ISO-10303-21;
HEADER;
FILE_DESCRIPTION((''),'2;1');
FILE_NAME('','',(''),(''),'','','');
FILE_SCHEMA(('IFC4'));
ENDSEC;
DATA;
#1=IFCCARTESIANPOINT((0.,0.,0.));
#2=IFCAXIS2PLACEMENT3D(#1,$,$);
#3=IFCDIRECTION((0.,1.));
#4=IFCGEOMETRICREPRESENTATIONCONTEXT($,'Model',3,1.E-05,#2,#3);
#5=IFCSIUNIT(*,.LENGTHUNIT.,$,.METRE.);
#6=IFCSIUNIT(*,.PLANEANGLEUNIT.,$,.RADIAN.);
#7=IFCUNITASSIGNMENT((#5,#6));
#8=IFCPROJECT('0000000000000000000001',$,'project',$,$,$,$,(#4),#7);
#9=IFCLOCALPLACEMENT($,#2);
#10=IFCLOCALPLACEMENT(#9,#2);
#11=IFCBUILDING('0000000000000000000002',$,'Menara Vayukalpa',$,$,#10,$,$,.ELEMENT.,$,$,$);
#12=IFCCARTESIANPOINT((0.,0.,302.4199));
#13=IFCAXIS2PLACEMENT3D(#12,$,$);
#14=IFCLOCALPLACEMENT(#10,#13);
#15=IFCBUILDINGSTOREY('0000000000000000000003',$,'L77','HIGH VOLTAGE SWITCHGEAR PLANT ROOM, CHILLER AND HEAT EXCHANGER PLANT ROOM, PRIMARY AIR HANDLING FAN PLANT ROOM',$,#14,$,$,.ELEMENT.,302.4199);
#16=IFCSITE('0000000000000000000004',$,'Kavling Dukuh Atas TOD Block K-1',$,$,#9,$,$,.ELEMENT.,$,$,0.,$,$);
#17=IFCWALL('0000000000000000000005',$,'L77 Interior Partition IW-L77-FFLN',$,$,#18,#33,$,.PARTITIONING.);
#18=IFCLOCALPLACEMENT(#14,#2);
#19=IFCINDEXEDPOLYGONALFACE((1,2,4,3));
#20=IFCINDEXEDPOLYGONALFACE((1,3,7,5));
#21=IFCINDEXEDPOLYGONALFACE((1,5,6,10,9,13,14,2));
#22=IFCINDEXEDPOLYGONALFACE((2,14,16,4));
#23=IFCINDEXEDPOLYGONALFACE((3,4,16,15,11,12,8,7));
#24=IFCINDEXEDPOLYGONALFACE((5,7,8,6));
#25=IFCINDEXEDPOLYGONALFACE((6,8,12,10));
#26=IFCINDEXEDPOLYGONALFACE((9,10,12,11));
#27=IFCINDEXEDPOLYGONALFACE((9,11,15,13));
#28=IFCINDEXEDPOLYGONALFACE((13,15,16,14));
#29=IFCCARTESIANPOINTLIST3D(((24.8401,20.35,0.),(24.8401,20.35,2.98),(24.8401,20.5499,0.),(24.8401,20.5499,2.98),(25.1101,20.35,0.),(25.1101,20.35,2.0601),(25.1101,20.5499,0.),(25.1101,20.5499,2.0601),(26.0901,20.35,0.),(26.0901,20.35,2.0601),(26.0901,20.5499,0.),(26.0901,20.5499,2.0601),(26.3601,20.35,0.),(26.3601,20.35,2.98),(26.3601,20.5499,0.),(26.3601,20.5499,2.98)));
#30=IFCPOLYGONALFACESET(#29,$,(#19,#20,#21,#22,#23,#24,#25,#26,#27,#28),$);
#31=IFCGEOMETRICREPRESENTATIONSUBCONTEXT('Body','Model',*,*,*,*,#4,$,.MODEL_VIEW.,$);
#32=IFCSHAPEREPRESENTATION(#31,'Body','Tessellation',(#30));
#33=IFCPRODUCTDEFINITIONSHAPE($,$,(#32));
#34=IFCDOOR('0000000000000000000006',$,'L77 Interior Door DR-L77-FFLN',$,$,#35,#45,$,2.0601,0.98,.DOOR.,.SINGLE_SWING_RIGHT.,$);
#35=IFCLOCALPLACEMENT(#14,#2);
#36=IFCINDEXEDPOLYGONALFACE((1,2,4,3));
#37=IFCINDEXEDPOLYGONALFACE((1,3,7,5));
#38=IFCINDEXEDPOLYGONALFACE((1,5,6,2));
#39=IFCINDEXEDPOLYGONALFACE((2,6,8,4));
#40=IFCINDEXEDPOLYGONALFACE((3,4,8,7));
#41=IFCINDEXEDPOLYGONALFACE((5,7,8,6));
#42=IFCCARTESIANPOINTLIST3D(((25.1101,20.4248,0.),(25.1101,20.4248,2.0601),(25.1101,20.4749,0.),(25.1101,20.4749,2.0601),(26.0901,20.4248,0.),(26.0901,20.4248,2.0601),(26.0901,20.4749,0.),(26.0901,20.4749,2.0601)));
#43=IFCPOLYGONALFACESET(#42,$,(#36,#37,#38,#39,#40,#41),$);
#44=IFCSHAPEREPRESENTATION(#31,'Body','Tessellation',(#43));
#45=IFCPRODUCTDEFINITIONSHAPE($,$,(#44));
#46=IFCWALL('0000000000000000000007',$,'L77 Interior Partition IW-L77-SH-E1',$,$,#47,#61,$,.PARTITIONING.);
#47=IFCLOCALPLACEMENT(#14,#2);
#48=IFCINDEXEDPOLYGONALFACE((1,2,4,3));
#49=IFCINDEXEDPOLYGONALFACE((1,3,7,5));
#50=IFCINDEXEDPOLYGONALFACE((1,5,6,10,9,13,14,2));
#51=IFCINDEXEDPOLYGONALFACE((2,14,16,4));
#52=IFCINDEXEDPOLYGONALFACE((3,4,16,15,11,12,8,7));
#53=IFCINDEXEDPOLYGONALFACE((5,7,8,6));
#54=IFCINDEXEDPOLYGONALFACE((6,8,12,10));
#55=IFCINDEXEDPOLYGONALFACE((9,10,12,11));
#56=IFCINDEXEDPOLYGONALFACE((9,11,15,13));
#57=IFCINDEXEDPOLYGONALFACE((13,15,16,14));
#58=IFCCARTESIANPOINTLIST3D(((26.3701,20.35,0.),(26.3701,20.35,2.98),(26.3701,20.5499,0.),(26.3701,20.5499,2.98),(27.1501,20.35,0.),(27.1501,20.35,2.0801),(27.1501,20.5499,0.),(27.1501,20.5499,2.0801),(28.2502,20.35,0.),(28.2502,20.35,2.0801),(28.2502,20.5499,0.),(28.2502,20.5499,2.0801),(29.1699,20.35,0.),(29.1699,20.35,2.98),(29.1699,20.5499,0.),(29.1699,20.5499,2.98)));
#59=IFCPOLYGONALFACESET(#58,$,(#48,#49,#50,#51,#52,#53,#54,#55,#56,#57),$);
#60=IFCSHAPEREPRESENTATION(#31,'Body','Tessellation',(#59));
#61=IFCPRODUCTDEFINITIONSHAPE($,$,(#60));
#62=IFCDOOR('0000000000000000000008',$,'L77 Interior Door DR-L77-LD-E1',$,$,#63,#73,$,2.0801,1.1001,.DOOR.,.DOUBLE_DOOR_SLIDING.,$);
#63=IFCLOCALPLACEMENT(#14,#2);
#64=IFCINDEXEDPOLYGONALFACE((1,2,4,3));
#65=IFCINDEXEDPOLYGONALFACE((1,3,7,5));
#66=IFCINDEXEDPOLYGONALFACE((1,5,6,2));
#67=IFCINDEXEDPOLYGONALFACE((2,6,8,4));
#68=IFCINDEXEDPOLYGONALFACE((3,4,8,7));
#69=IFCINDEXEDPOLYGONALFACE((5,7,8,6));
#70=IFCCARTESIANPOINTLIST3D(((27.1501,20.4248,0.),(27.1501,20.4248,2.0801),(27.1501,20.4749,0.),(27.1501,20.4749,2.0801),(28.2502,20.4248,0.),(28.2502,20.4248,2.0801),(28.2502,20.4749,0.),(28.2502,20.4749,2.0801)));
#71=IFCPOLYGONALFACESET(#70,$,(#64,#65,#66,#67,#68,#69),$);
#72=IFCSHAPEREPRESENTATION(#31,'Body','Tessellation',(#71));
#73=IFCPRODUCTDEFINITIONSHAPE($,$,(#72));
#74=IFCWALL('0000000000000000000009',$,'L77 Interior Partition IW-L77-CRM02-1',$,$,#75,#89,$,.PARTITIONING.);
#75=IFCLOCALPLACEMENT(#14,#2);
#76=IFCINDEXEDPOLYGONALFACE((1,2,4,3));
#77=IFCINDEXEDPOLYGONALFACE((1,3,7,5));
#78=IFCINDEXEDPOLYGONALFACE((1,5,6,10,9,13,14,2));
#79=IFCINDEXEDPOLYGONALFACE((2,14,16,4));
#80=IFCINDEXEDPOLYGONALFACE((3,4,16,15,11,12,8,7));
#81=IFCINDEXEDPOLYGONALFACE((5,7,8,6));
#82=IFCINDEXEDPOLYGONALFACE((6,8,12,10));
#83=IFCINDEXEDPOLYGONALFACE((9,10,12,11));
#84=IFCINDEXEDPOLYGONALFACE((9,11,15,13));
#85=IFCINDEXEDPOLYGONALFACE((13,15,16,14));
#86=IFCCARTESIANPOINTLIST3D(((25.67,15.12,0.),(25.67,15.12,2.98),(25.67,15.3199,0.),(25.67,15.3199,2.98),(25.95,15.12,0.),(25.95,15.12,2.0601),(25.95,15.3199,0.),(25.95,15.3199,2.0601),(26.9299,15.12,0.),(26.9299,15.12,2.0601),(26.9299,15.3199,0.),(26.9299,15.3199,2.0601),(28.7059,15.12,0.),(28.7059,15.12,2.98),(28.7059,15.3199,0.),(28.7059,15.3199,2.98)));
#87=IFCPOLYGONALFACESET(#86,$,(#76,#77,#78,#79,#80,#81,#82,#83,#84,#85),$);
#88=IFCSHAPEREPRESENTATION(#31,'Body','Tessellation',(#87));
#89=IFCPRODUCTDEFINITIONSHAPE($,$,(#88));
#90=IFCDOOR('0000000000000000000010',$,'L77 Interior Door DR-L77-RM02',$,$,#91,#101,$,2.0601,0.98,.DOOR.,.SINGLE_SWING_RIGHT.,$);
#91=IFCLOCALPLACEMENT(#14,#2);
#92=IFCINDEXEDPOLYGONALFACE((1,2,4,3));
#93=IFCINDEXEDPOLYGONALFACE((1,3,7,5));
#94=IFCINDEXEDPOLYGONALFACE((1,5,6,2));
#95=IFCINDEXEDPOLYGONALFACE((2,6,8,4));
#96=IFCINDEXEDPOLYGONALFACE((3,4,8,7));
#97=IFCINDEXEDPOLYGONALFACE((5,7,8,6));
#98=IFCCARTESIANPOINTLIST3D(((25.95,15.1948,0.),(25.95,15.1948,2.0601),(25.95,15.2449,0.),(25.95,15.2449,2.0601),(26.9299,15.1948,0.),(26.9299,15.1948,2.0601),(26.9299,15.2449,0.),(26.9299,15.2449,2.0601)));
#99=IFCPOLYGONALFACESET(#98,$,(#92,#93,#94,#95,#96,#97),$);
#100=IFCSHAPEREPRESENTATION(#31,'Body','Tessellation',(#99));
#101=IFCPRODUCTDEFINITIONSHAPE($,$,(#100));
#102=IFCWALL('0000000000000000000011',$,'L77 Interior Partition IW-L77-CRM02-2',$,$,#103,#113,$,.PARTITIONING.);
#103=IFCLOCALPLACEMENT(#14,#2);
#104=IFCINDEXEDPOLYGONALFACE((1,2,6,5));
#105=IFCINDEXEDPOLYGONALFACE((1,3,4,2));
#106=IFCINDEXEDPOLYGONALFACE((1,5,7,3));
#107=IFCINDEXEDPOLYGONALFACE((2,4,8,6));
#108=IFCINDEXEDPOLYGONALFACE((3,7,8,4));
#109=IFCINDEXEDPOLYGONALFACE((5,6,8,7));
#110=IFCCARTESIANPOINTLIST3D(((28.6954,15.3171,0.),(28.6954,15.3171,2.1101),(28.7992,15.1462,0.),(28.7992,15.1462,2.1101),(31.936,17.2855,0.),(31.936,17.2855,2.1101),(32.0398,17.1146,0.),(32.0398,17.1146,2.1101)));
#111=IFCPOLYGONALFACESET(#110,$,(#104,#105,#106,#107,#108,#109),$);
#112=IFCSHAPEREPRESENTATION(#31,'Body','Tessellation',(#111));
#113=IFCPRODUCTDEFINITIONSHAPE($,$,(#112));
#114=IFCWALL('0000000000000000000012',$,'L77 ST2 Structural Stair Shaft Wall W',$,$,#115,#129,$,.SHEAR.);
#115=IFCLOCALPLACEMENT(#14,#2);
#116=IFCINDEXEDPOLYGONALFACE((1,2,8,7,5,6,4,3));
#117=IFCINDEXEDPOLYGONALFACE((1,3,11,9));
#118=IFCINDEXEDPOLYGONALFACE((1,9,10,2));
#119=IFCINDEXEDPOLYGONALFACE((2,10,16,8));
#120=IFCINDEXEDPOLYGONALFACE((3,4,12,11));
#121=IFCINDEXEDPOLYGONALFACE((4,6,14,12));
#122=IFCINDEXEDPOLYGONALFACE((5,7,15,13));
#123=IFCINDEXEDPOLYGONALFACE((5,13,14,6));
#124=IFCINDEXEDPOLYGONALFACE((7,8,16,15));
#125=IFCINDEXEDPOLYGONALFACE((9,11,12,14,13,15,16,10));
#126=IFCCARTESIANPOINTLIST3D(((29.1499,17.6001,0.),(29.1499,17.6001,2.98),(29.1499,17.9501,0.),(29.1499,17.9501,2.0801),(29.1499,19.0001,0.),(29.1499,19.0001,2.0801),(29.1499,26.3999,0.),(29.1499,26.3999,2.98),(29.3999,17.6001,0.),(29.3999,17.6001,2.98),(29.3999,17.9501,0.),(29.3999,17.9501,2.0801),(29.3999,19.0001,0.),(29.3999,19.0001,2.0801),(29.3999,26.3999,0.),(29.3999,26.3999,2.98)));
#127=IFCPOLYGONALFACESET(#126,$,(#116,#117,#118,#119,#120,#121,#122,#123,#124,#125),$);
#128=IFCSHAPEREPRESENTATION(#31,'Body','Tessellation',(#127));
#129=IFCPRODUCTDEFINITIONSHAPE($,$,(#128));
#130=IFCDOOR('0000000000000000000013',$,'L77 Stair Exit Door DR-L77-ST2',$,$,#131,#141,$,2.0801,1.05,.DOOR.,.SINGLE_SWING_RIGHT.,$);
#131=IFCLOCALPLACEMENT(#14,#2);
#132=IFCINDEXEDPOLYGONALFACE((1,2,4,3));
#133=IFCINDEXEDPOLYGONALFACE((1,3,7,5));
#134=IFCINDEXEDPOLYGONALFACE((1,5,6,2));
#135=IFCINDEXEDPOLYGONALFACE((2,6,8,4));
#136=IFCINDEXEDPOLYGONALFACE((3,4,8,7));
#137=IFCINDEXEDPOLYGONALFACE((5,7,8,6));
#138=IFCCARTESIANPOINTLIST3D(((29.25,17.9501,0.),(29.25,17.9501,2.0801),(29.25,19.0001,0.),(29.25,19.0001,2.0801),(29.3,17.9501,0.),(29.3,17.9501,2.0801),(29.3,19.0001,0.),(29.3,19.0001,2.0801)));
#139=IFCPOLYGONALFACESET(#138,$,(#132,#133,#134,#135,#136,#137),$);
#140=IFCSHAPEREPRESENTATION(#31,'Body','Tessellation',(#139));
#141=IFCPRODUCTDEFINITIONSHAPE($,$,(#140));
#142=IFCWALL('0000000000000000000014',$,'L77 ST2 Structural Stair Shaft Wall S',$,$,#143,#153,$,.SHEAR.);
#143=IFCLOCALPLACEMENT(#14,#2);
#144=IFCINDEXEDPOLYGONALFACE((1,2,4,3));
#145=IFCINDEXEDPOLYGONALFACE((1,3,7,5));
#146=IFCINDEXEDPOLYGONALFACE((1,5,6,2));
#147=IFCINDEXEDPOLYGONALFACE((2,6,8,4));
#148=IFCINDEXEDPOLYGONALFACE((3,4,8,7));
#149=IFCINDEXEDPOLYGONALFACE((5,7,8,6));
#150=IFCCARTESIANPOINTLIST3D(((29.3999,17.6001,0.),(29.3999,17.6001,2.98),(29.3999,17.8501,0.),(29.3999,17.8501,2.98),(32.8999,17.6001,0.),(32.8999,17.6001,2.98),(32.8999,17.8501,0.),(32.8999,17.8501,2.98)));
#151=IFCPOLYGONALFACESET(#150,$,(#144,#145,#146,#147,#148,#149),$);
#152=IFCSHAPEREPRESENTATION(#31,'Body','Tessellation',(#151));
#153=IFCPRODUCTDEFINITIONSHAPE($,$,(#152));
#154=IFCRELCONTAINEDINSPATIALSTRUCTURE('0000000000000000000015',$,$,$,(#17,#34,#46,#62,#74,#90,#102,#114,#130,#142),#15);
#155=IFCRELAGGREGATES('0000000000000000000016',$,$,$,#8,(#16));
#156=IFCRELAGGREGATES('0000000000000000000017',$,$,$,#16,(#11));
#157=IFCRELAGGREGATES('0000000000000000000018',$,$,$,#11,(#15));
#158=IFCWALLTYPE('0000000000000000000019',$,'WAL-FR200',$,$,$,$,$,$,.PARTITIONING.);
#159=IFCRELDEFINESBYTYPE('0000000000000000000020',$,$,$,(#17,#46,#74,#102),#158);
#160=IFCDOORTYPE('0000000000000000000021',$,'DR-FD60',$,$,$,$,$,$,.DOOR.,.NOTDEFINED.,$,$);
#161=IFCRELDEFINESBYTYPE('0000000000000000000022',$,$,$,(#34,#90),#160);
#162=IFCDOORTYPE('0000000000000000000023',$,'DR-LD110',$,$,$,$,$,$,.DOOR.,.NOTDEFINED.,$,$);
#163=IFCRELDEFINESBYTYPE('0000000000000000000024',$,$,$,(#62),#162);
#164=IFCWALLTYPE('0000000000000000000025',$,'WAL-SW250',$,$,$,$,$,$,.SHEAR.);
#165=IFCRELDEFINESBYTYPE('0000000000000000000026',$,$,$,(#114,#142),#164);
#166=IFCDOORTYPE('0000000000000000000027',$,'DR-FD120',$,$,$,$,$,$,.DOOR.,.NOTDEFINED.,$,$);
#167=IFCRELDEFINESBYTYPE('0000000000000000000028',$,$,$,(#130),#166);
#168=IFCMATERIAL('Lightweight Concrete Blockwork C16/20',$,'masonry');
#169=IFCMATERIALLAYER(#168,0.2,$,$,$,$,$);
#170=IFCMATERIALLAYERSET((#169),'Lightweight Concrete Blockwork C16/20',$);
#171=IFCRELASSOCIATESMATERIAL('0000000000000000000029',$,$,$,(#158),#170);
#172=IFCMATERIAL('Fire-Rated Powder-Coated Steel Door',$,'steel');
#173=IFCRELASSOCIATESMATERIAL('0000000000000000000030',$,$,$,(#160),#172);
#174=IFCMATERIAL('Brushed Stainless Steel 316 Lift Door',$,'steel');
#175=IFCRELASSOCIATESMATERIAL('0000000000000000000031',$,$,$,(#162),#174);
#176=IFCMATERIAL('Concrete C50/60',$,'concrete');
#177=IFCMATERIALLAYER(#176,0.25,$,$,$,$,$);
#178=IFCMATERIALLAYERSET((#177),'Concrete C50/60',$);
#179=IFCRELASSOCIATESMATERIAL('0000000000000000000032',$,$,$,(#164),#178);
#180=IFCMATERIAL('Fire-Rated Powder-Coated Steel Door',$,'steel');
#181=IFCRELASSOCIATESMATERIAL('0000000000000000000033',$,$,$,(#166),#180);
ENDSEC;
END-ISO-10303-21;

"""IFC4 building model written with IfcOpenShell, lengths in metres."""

from ifc_helpers import new_model, si_unit, direction, frame, frame_2d, origin, place, context, subcontext, project, spatial, rectangle, extrude, material, layer, layer_set, type_object, element, fill, save


model = new_model("IFC4")

# Units and contexts
model_context = context("Model", 3, precision=1e-05, world=origin(), true_north=direction((0.0, 1.0)))
body_context = subcontext(model_context, "Body", "Model", "MODEL_VIEW")
ifc_project = project(units=[si_unit("LENGTHUNIT", "METRE"), si_unit("PLANEANGLEUNIT", "RADIAN")], contexts=[model_context])

# Site, building, storey
site_placement = place(None, origin())
site = spatial("IfcSite", under=ifc_project, at=site_placement, Name="Kavling Dukuh Atas TOD Block K-1", CompositionType="ELEMENT", RefElevation=0.0)
building_placement = place(site_placement, origin())
building = spatial("IfcBuilding", under=site, at=building_placement, Name="Menara Vayukalpa", CompositionType="ELEMENT")
storey_placement = place(building_placement, frame((0.0, 0.0, 302.4199)))
storey = spatial("IfcBuildingStorey", under=building, at=storey_placement, Name="L77", Description="HIGH VOLTAGE SWITCHGEAR PLANT ROOM, CHILLER AND HEAT EXCHANGER PLANT ROOM, PRIMARY AIR HANDLING FAN PLANT ROOM", CompositionType="ELEMENT", Elevation=302.4199)

# Walls, openings, doors
ifc_material_1 = material(Name="Lightweight Concrete Blockwork C16/20", Category="masonry")
ifc_layer_1 = layer(ifc_material_1, 0.2)
ifc_layer_set_1 = layer_set([ifc_layer_1], Name="Lightweight Concrete Blockwork C16/20")
wall_type_1 = type_object("IfcWallType", Name="WAL-FR200", PredefinedType="PARTITIONING", material=ifc_layer_set_1)
wall_1_placement = place(storey_placement, frame((24.8401, 20.45, 0.0), z_axis=(0.0, 0.0, 1.0), x_axis=(1.0, 0.0, 0.0)))
wall_1 = element("IfcWall", 1, at=wall_1_placement, inside=storey, type_object=wall_type_1, Name="L77 Interior Partition IW-L77-FFLN", PredefinedType="PARTITIONING", context=body_context, shape_type="SweptSolid", body=[
    extrude(rectangle(XDim=1.52, YDim=0.2, at=frame_2d((0.76, 0.0))), origin(), (0.0, 0.0, 1.0), 2.98),
])
opening_1_placement = place(wall_1_placement, frame((0.27, 0.0, 0.0)))
opening_1 = element("IfcOpeningElement", 2, at=opening_1_placement, cuts=wall_1, PredefinedType="OPENING", context=body_context, shape_type="SweptSolid", body=[
    extrude(rectangle(XDim=0.98, YDim=2.0601, at=frame_2d((0.49, 1.03))), frame((0.0, 0.1099, 0.0), z_axis=(0.0, -1.0, 0.0), x_axis=(1.0, 0.0, 0.0)), (0.0, 0.0, 1.0), 0.22),
])
ifc_material_2 = material(Name="Fire-Rated Powder-Coated Steel Door", Category="steel")
door_type_1 = type_object("IfcDoorType", Name="DR-FD60", OperationType="NOTDEFINED", PredefinedType="DOOR", material=ifc_material_2)
door_1_placement = place(opening_1_placement, origin())
door_1 = element("IfcDoor", 3, at=door_1_placement, inside=storey, type_object=door_type_1, Name="L77 Interior Door DR-L77-FFLN", OperationType="SINGLE_SWING_RIGHT", OverallHeight=2.0601, OverallWidth=0.98, PredefinedType="DOOR", context=body_context, shape_type="SweptSolid", body=[
    extrude(rectangle(XDim=0.98, YDim=2.0601, at=frame_2d((0.49, 1.03))), frame((0.0, 0.0249, 0.0), z_axis=(0.0, -1.0, 0.0), x_axis=(1.0, 0.0, 0.0)), (0.0, 0.0, 1.0), 0.05),
])
fill(opening_1, door_1)
wall_2_placement = place(storey_placement, frame((26.3701, 20.45, 0.0), z_axis=(0.0, 0.0, 1.0), x_axis=(1.0, 0.0, 0.0)))
wall_2 = element("IfcWall", 4, at=wall_2_placement, inside=storey, type_object=wall_type_1, Name="L77 Interior Partition IW-L77-SH-E1", PredefinedType="PARTITIONING", context=body_context, shape_type="SweptSolid", body=[
    extrude(rectangle(XDim=2.7998, YDim=0.2, at=frame_2d((1.3999, 0.0))), origin(), (0.0, 0.0, 1.0), 2.98),
])
opening_2_placement = place(wall_2_placement, frame((0.78, 0.0, 0.0)))
opening_2 = element("IfcOpeningElement", 5, at=opening_2_placement, cuts=wall_2, PredefinedType="OPENING", context=body_context, shape_type="SweptSolid", body=[
    extrude(rectangle(XDim=1.1001, YDim=2.0801, at=frame_2d((0.55, 1.04))), frame((0.0, 0.1099, 0.0), z_axis=(0.0, -1.0, 0.0), x_axis=(1.0, 0.0, 0.0)), (0.0, 0.0, 1.0), 0.22),
])
ifc_material_3 = material(Name="Brushed Stainless Steel 316 Lift Door", Category="steel")
door_type_2 = type_object("IfcDoorType", Name="DR-LD110", OperationType="NOTDEFINED", PredefinedType="DOOR", material=ifc_material_3)
door_2_placement = place(opening_2_placement, origin())
door_2 = element("IfcDoor", 6, at=door_2_placement, inside=storey, type_object=door_type_2, Name="L77 Interior Door DR-L77-LD-E1", OperationType="DOUBLE_DOOR_SLIDING", OverallHeight=2.0801, OverallWidth=1.1001, PredefinedType="DOOR", context=body_context, shape_type="SweptSolid", body=[
    extrude(rectangle(XDim=1.1001, YDim=2.0801, at=frame_2d((0.55, 1.04))), frame((0.0, 0.0249, 0.0), z_axis=(0.0, -1.0, 0.0), x_axis=(1.0, 0.0, 0.0)), (0.0, 0.0, 1.0), 0.05),
])
fill(opening_2, door_2)
wall_3_placement = place(storey_placement, frame((25.6699, 15.22, 0.0), z_axis=(0.0, 0.0, 1.0), x_axis=(1.0, 0.0, 0.0)))
wall_3 = element("IfcWall", 7, at=wall_3_placement, inside=storey, type_object=wall_type_1, Name="L77 Interior Partition IW-L77-CRM02-1", PredefinedType="PARTITIONING", context=body_context, shape_type="SweptSolid", body=[
    extrude(rectangle(XDim=3.0359, YDim=0.2, at=frame_2d((1.5181, 0.0))), origin(), (0.0, 0.0, 1.0), 2.98),
])
opening_3_placement = place(wall_3_placement, frame((0.28, 0.0, 0.0)))
opening_3 = element("IfcOpeningElement", 8, at=opening_3_placement, cuts=wall_3, PredefinedType="OPENING", context=body_context, shape_type="SweptSolid", body=[
    extrude(rectangle(XDim=0.98, YDim=2.0601, at=frame_2d((0.49, 1.03))), frame((0.0, 0.1099, 0.0), z_axis=(0.0, -1.0, 0.0), x_axis=(1.0, 0.0, 0.0)), (0.0, 0.0, 1.0), 0.22),
])
door_3_placement = place(opening_3_placement, origin())
door_3 = element("IfcDoor", 9, at=door_3_placement, inside=storey, type_object=door_type_1, Name="L77 Interior Door DR-L77-RM02", OperationType="SINGLE_SWING_RIGHT", OverallHeight=2.0601, OverallWidth=0.98, PredefinedType="DOOR", context=body_context, shape_type="SweptSolid", body=[
    extrude(rectangle(XDim=0.98, YDim=2.0601, at=frame_2d((0.49, 1.03))), frame((0.0, 0.0249, 0.0), z_axis=(0.0, -1.0, 0.0), x_axis=(1.0, 0.0, 0.0)), (0.0, 0.0, 1.0), 0.05),
])
fill(opening_3, door_3)

# Wall
wall_4_placement = place(storey_placement, frame((28.7473, 15.2317, 0.0), z_axis=(0.0, 0.0, 1.0), x_axis=(0.854691, 0.519138, 0.0)))
element("IfcWall", 10, at=wall_4_placement, inside=storey, type_object=wall_type_1, Name="L77 Interior Partition IW-L77-CRM02-2", PredefinedType="PARTITIONING", context=body_context, shape_type="SweptSolid", body=[
    extrude(rectangle(XDim=3.7915, YDim=0.2, at=frame_2d((1.8958, 0.0))), origin(), (0.0, 0.0, 1.0), 2.1101),
])

# Wall, opening, door
ifc_material_4 = material(Name="Concrete C50/60", Category="concrete")
ifc_layer_2 = layer(ifc_material_4, 0.25)
ifc_layer_set_2 = layer_set([ifc_layer_2], Name="Concrete C50/60")
wall_type_2 = type_object("IfcWallType", Name="WAL-SW250", PredefinedType="SHEAR", material=ifc_layer_set_2)
wall_5_placement = place(storey_placement, frame((29.2749, 17.6001, 0.0), z_axis=(0.0, 0.0, 1.0), x_axis=(0.0, 1.0, 0.0)))
wall_5 = element("IfcWall", 11, at=wall_5_placement, inside=storey, type_object=wall_type_2, Name="L77 ST2 Structural Stair Shaft Wall W", PredefinedType="SHEAR", context=body_context, shape_type="SweptSolid", body=[
    extrude(rectangle(XDim=8.7998, YDim=0.25, at=frame_2d((4.3999, 0.0))), origin(), (0.0, 0.0, 1.0), 2.98),
])
opening_4_placement = place(wall_5_placement, frame((0.3501, 0.0, 0.0)))
opening_4 = element("IfcOpeningElement", 12, at=opening_4_placement, cuts=wall_5, PredefinedType="OPENING", context=body_context, shape_type="SweptSolid", body=[
    extrude(rectangle(XDim=1.05, YDim=2.0801, at=frame_2d((0.5249, 1.04))), frame((0.0, 0.135, 0.0), z_axis=(0.0, -1.0, 0.0), x_axis=(1.0, 0.0, 0.0)), (0.0, 0.0, 1.0), 0.27),
])
ifc_material_5 = material(Name="Fire-Rated Powder-Coated Steel Door", Category="steel")
door_type_3 = type_object("IfcDoorType", Name="DR-FD120", OperationType="NOTDEFINED", PredefinedType="DOOR", material=ifc_material_5)
door_4_placement = place(opening_4_placement, origin())
door_4 = element("IfcDoor", 13, at=door_4_placement, inside=storey, type_object=door_type_3, Name="L77 Stair Exit Door DR-L77-ST2", OperationType="SINGLE_SWING_RIGHT", OverallHeight=2.0801, OverallWidth=1.05, PredefinedType="DOOR", context=body_context, shape_type="SweptSolid", body=[
    extrude(rectangle(XDim=1.05, YDim=2.0801, at=frame_2d((0.5249, 1.04))), frame((0.0, 0.0249, 0.0), z_axis=(0.0, -1.0, 0.0), x_axis=(1.0, 0.0, 0.0)), (0.0, 0.0, 1.0), 0.05),
])
fill(opening_4, door_4)

# Wall
wall_6_placement = place(storey_placement, frame((29.3999, 17.7251, 0.0), z_axis=(0.0, 0.0, 1.0), x_axis=(1.0, 0.0, 0.0)))
element("IfcWall", 14, at=wall_6_placement, inside=storey, type_object=wall_type_2, Name="L77 ST2 Structural Stair Shaft Wall S", PredefinedType="SHEAR", context=body_context, shape_type="SweptSolid", body=[
    extrude(rectangle(XDim=3.5, YDim=0.25, at=frame_2d((1.75, 0.0))), origin(), (0.0, 0.0, 1.0), 2.98),
])

save(model, "model.ifc")
